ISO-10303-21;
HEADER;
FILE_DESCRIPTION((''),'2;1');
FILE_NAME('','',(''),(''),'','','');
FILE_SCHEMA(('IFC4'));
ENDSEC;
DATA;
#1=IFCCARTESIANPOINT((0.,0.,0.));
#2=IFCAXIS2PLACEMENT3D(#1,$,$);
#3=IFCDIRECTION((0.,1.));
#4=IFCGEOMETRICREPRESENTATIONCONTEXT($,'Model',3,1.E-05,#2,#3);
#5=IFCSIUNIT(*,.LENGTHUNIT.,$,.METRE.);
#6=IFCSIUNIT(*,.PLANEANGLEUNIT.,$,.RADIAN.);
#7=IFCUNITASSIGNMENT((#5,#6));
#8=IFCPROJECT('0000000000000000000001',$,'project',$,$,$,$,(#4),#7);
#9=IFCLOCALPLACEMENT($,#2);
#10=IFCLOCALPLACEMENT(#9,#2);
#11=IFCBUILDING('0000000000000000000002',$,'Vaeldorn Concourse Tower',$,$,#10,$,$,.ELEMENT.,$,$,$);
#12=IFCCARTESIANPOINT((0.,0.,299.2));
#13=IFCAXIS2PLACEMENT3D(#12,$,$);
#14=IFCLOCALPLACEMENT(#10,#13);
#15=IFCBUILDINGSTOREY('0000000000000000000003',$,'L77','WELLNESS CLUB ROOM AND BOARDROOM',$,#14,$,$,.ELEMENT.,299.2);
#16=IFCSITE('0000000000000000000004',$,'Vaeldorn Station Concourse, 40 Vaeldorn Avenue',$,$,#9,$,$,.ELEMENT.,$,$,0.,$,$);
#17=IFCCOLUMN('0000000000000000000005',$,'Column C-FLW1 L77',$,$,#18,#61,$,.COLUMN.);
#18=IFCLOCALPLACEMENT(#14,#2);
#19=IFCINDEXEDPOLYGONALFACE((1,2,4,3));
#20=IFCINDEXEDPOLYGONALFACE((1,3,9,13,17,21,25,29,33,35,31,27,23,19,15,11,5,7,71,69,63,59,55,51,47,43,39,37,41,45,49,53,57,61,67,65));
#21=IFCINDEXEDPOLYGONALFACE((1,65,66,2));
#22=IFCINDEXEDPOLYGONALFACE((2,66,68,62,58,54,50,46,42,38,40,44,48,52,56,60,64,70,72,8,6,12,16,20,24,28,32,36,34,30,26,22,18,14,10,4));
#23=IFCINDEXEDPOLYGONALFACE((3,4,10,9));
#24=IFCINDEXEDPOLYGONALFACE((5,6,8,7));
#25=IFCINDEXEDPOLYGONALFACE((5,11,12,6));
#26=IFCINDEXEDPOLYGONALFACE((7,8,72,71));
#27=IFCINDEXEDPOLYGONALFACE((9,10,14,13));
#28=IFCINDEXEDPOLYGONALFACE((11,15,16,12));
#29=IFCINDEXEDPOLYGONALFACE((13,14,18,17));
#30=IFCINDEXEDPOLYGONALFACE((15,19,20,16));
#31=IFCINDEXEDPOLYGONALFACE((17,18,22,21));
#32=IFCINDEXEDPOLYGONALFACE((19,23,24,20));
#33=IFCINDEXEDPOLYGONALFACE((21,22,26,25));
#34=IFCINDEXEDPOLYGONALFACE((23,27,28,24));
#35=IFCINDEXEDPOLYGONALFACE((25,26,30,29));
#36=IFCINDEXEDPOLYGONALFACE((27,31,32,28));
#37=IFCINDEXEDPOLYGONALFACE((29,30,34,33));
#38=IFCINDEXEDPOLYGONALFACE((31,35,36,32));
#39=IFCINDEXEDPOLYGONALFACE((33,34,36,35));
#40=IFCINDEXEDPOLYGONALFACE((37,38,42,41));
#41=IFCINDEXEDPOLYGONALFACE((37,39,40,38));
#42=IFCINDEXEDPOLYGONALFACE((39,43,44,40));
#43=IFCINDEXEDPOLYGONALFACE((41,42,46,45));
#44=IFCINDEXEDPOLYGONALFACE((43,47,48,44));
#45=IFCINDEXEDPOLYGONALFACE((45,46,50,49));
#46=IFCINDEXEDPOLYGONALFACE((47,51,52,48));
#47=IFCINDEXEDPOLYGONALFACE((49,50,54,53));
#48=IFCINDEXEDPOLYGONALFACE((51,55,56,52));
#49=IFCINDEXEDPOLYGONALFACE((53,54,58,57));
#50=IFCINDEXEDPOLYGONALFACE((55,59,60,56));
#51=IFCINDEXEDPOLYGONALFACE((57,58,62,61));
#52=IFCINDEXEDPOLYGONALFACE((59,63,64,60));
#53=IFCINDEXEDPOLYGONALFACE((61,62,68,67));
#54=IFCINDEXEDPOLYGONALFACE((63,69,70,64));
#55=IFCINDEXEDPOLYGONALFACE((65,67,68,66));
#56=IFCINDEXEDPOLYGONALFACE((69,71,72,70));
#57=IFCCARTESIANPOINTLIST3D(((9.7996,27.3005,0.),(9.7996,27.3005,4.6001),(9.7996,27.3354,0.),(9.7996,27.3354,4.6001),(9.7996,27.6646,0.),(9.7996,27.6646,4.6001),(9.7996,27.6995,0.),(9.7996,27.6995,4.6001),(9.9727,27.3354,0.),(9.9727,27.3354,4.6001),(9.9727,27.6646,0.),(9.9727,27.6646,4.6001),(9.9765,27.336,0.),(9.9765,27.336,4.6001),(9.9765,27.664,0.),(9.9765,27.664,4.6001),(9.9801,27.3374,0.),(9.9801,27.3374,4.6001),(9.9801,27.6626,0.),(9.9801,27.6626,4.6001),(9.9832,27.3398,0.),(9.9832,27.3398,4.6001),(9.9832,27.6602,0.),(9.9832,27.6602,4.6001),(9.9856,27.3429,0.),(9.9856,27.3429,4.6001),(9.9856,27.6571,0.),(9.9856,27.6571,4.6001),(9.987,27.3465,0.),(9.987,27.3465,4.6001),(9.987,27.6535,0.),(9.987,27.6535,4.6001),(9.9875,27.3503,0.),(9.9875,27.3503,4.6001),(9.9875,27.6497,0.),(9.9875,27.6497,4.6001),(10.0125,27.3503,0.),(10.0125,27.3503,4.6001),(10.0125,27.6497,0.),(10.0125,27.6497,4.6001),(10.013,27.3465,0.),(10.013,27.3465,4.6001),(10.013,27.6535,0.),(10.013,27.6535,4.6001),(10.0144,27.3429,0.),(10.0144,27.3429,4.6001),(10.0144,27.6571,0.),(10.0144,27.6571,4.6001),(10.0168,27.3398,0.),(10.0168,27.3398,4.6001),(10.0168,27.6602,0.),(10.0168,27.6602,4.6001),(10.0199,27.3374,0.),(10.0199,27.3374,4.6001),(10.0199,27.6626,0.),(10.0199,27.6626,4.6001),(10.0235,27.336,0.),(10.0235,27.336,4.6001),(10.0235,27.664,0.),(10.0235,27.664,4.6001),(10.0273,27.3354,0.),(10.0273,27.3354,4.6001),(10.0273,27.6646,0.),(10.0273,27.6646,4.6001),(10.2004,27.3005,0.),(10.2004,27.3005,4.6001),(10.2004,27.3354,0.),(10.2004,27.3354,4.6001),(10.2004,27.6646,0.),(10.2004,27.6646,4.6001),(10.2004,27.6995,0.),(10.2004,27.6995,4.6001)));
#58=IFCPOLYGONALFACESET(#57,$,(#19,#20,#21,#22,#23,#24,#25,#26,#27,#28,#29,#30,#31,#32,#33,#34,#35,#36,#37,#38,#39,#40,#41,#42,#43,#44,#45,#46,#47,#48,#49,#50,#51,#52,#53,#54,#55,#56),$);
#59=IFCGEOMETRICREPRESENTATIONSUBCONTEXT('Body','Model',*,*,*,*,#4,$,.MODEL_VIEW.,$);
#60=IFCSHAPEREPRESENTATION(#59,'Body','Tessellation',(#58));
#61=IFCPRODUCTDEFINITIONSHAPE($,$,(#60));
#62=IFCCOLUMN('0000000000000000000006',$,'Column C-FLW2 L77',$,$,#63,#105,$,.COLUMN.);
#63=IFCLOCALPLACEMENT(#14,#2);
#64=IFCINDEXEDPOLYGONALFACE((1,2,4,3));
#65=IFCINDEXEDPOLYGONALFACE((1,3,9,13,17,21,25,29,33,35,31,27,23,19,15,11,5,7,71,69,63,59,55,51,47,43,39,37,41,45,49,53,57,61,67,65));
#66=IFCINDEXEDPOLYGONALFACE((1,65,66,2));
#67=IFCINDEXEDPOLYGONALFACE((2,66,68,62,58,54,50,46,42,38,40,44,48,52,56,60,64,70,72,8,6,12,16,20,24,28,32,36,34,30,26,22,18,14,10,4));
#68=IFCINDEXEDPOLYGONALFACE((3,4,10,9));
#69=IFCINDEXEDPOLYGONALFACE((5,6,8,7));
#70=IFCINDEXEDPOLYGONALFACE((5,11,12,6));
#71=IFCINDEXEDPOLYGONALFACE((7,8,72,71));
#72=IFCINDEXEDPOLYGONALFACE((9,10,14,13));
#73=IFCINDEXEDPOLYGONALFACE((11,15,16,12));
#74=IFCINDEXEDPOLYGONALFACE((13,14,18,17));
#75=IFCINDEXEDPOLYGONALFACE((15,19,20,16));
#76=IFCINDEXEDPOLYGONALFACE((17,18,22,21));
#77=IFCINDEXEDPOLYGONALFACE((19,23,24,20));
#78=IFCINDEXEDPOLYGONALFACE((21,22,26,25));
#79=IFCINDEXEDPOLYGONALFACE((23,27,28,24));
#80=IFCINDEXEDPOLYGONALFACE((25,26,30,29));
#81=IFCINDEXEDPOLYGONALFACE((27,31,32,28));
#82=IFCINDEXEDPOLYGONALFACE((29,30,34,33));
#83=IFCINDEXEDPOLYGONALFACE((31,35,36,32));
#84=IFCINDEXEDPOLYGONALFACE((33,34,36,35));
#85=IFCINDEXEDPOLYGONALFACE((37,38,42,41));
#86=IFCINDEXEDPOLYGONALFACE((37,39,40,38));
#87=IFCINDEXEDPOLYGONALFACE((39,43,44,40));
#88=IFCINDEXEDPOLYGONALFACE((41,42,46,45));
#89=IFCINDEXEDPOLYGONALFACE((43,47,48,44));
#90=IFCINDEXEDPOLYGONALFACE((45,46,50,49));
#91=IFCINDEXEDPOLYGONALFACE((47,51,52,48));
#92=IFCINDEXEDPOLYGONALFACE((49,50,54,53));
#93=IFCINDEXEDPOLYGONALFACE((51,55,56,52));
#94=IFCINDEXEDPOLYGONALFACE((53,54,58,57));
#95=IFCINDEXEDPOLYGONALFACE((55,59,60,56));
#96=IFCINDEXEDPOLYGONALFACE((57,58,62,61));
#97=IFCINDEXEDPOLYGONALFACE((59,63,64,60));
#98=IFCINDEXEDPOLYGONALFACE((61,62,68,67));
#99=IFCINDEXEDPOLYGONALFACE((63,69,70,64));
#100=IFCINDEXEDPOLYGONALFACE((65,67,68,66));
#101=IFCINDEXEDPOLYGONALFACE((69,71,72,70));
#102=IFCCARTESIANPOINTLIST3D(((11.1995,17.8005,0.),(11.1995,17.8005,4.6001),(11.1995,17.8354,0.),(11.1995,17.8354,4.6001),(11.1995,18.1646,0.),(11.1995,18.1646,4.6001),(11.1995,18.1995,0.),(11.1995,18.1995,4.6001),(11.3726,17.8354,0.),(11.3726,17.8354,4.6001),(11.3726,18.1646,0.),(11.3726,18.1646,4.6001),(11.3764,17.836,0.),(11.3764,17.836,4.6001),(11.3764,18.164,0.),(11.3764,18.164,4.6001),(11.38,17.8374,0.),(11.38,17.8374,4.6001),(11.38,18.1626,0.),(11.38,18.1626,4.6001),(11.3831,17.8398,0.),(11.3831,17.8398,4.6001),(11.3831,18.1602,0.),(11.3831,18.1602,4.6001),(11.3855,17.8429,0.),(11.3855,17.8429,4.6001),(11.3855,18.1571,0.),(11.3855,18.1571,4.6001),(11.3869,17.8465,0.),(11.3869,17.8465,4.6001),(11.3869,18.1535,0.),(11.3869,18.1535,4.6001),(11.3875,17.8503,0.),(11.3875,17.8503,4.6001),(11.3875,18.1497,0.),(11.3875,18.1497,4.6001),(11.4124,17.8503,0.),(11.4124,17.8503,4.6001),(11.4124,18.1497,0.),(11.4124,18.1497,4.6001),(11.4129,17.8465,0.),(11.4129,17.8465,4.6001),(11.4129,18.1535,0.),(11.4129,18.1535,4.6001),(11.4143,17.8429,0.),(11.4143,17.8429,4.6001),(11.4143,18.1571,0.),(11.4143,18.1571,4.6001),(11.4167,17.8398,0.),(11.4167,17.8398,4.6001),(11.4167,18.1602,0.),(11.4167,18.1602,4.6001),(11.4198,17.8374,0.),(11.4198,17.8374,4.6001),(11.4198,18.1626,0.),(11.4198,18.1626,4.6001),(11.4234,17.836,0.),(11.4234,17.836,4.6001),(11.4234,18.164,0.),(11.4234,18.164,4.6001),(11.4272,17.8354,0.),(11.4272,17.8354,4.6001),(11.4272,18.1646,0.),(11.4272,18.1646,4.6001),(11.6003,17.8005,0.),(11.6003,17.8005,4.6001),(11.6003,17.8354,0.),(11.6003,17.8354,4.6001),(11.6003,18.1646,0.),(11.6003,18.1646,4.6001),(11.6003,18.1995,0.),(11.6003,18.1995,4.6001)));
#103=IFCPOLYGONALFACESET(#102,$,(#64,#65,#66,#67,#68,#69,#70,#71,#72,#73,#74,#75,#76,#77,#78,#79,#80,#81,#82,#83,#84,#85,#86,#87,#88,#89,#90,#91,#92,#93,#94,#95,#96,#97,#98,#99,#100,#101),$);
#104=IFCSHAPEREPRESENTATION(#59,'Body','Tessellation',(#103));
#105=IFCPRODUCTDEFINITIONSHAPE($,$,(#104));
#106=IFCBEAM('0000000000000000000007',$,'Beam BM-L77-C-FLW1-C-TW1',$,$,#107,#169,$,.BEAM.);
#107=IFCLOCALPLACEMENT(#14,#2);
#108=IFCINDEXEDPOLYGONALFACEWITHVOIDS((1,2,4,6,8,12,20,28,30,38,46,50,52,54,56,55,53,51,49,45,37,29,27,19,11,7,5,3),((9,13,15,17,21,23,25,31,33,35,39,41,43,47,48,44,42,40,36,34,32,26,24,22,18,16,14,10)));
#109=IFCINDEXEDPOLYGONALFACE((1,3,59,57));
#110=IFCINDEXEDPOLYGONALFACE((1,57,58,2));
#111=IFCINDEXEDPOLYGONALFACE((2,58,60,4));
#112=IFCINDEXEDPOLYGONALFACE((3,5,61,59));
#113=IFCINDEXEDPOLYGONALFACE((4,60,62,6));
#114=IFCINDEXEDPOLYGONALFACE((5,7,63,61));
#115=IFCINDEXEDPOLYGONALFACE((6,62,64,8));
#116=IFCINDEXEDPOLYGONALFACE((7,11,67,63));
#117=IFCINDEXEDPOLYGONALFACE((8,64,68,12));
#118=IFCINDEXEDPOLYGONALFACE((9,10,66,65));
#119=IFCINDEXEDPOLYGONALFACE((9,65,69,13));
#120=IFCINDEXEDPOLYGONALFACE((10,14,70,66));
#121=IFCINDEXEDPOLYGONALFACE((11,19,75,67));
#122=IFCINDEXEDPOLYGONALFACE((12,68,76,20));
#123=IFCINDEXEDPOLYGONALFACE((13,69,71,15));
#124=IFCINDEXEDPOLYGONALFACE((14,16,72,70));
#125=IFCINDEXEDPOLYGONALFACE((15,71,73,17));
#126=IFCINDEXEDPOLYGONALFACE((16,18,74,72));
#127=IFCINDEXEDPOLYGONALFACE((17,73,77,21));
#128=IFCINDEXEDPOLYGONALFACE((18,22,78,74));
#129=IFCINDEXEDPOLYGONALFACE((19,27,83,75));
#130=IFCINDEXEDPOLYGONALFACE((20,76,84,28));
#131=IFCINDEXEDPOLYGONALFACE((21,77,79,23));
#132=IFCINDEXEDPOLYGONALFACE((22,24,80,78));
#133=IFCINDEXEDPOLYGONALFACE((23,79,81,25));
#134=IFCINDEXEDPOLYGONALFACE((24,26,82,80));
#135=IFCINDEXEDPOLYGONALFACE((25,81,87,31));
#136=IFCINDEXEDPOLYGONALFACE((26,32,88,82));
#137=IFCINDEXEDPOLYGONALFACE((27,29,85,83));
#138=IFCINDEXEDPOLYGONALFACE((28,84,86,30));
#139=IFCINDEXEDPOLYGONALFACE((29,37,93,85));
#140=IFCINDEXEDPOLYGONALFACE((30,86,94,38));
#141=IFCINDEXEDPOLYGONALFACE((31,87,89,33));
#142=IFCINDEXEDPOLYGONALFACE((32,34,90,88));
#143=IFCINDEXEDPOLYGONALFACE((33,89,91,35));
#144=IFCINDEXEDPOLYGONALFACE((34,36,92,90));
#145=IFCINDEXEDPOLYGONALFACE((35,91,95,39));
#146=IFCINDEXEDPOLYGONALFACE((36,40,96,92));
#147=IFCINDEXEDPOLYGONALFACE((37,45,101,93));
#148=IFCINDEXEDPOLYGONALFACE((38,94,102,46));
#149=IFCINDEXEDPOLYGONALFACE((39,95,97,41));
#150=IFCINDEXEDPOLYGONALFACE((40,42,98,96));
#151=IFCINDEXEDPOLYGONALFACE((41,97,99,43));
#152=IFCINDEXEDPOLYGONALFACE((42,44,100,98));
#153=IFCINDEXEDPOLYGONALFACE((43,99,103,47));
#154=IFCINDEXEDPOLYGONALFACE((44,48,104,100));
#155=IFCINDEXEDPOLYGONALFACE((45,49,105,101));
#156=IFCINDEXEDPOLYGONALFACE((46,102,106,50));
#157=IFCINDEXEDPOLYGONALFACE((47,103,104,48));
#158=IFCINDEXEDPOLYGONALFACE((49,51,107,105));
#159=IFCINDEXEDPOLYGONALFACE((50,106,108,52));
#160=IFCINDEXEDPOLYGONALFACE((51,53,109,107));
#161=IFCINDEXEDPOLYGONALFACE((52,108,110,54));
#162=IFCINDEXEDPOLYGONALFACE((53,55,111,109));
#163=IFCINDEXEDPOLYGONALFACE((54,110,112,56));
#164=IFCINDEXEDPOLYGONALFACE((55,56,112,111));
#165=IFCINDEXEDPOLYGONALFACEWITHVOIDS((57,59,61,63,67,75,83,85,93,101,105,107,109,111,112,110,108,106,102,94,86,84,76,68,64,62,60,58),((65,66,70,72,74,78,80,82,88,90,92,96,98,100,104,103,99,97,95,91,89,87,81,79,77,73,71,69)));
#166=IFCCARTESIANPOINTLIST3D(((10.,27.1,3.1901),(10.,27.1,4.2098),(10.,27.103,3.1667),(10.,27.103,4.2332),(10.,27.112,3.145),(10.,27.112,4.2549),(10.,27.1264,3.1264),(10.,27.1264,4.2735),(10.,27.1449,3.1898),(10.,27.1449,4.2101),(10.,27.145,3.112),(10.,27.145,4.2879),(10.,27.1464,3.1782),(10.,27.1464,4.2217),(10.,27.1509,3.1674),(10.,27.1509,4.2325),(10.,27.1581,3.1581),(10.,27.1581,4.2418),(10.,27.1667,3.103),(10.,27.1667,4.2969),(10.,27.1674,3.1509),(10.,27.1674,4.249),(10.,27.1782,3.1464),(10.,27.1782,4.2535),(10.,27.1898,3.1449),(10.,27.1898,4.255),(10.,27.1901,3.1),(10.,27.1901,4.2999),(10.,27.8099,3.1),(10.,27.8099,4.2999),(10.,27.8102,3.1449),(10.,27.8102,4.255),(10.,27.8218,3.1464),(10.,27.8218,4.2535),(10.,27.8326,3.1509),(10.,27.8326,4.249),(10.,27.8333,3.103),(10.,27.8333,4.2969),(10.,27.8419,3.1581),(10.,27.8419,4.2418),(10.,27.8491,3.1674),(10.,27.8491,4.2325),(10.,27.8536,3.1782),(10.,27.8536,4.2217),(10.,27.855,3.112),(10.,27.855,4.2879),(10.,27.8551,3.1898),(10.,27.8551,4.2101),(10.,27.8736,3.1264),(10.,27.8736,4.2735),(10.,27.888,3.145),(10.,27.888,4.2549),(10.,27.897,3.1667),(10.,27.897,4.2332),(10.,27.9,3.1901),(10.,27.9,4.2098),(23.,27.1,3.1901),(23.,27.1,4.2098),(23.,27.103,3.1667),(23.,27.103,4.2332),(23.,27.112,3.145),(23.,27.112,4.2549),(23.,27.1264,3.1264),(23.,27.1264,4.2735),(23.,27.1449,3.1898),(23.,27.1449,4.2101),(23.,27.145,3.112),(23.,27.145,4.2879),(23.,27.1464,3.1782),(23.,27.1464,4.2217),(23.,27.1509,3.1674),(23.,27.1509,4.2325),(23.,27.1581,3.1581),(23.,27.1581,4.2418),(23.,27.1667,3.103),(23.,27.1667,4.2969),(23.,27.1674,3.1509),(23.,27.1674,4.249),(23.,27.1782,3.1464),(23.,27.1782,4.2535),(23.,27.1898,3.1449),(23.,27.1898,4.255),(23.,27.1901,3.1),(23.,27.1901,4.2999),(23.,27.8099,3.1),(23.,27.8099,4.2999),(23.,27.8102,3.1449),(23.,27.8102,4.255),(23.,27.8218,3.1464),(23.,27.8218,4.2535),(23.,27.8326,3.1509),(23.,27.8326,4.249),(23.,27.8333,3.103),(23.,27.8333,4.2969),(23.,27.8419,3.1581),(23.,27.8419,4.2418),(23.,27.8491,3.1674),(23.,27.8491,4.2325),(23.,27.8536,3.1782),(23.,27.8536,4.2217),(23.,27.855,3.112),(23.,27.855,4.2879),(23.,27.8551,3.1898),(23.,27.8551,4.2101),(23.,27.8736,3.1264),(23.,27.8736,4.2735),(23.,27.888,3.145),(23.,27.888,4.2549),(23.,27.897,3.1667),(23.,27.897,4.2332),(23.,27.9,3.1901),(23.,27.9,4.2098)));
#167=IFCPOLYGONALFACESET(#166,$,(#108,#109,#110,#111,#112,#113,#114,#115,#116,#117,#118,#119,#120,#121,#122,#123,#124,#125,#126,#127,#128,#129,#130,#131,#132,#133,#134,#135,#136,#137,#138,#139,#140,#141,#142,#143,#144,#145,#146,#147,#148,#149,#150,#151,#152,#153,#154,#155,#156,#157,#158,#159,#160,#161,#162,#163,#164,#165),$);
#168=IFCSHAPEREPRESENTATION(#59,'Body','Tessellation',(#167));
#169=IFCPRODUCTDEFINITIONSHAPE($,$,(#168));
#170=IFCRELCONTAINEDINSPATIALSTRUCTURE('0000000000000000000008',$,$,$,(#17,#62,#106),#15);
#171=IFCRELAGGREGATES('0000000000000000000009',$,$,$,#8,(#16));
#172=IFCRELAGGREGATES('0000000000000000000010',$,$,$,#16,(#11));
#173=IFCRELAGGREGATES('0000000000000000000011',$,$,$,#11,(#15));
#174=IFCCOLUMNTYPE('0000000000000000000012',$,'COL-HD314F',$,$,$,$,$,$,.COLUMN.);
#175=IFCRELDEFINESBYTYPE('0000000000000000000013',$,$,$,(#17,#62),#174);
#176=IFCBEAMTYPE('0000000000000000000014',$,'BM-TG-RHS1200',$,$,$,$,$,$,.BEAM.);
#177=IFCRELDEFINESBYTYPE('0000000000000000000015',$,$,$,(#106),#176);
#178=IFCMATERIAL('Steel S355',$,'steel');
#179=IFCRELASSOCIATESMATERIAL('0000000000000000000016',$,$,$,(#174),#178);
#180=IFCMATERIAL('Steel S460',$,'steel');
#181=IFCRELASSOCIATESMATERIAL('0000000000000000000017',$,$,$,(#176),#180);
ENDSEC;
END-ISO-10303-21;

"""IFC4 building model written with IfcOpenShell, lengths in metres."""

from ifc_helpers import new_model, si_unit, direction, frame, origin, origin_2d, place, context, subcontext, project, spatial, hollow_rectangle, i_section, extrude, source, transform, mapped, material, material_profile, profile_set, type_object, element, save


model = new_model("IFC4")

# Units and contexts
model_context = context("Model", 3, precision=1e-05, world=origin(), true_north=direction((0.0, 1.0)))
body_context = subcontext(model_context, "Body", "Model", "MODEL_VIEW")
ifc_project = project(units=[si_unit("LENGTHUNIT", "METRE"), si_unit("PLANEANGLEUNIT", "RADIAN")], contexts=[model_context])

# Site, building, storey
site_placement = place(None, origin())
site = spatial("IfcSite", under=ifc_project, at=site_placement, Name="Vaeldorn Station Concourse, 40 Vaeldorn Avenue", CompositionType="ELEMENT", RefElevation=0.0)
building_placement = place(site_placement, origin())
building = spatial("IfcBuilding", under=site, at=building_placement, Name="Vaeldorn Concourse Tower", CompositionType="ELEMENT")
storey_placement = place(building_placement, frame((0.0, 0.0, 299.2)))
storey = spatial("IfcBuildingStorey", under=building, at=storey_placement, Name="L77", Description="WELLNESS CLUB ROOM AND BOARDROOM", CompositionType="ELEMENT", Elevation=299.2)

# Columns
ifc_material_1 = material(Name="Steel S355", Category="steel")
ifc_material_profile_1 = material_profile(ifc_material_1, i_section(OverallWidth=0.4009, OverallDepth=0.3989, WebThickness=0.0249, FlangeThickness=0.0349, FilletRadius=0.0149, at=origin_2d()), Name="HD 400x314")
ifc_profile_set_1 = profile_set([ifc_material_profile_1], Name="Steel S355")
column_type = type_object("IfcColumnType", Name="COL-HD314F", PredefinedType="COLUMN", material=ifc_profile_set_1)
shared_shape_1 = source(origin(), body_context, "Body", "SweptSolid", [
    extrude(i_section(OverallWidth=0.4009, OverallDepth=0.3989, WebThickness=0.0249, FlangeThickness=0.0349, FilletRadius=0.0149, at=origin_2d()), origin(), (0.0, 0.0, 1.0), 4.6001),
])
for number, where, z_axis, x_axis, name in (
    (1, (10.0, 27.5, 0.0), (0.0, 0.0, 1.0), (1.0, 0.0, 0.0), "Column C-FLW1 L77"),
    (2, (11.3999, 18.0, 0.0), (0.0, 0.0, 1.0), (1.0, 0.0, 0.0), "Column C-FLW2 L77"),
):
    element("IfcColumn", number, at=place(storey_placement, frame(where, z_axis=z_axis, x_axis=x_axis)), inside=storey, type_object=column_type, Name=name, PredefinedType="COLUMN", context=body_context, shape_type="MappedRepresentation", body=[
        mapped(shared_shape_1, transform((0.0, 0.0, 0.0), scale=1.0)),
    ])

# Beam
ifc_material_2 = material(Name="Steel S460", Category="steel")
ifc_material_profile_2 = material_profile(ifc_material_2, hollow_rectangle(XDim=0.8, YDim=1.2, WallThickness=0.0449, InnerFilletRadius=0.0449, OuterFilletRadius=0.0901, at=origin_2d()), Name="RHS 1200x800x45")
ifc_profile_set_2 = profile_set([ifc_material_profile_2], Name="Steel S460")
beam_type_1 = type_object("IfcBeamType", Name="BM-TG-RHS1200", PredefinedType="BEAM", material=ifc_profile_set_2)
shared_shape_2 = source(origin(), body_context, "Body", "SweptSolid", [
    extrude(hollow_rectangle(XDim=0.8, YDim=1.2, WallThickness=0.0449, InnerFilletRadius=0.0449, OuterFilletRadius=0.0901, at=origin_2d()), origin(), (0.0, 0.0, 1.0), 13.0),
])
beam_1_placement = place(storey_placement, frame((10.0, 27.5, 3.7), z_axis=(1.0, 0.0, 0.0), x_axis=(0.0, 1.0, 0.0)))
element("IfcBeam", 3, at=beam_1_placement, inside=storey, type_object=beam_type_1, Name="Beam BM-L77-C-FLW1-C-TW1", PredefinedType="BEAM", context=body_context, shape_type="MappedRepresentation", body=[
    mapped(shared_shape_2, transform((0.0, 0.0, 0.0), scale=1.0)),
])

save(model, "model.ifc")
